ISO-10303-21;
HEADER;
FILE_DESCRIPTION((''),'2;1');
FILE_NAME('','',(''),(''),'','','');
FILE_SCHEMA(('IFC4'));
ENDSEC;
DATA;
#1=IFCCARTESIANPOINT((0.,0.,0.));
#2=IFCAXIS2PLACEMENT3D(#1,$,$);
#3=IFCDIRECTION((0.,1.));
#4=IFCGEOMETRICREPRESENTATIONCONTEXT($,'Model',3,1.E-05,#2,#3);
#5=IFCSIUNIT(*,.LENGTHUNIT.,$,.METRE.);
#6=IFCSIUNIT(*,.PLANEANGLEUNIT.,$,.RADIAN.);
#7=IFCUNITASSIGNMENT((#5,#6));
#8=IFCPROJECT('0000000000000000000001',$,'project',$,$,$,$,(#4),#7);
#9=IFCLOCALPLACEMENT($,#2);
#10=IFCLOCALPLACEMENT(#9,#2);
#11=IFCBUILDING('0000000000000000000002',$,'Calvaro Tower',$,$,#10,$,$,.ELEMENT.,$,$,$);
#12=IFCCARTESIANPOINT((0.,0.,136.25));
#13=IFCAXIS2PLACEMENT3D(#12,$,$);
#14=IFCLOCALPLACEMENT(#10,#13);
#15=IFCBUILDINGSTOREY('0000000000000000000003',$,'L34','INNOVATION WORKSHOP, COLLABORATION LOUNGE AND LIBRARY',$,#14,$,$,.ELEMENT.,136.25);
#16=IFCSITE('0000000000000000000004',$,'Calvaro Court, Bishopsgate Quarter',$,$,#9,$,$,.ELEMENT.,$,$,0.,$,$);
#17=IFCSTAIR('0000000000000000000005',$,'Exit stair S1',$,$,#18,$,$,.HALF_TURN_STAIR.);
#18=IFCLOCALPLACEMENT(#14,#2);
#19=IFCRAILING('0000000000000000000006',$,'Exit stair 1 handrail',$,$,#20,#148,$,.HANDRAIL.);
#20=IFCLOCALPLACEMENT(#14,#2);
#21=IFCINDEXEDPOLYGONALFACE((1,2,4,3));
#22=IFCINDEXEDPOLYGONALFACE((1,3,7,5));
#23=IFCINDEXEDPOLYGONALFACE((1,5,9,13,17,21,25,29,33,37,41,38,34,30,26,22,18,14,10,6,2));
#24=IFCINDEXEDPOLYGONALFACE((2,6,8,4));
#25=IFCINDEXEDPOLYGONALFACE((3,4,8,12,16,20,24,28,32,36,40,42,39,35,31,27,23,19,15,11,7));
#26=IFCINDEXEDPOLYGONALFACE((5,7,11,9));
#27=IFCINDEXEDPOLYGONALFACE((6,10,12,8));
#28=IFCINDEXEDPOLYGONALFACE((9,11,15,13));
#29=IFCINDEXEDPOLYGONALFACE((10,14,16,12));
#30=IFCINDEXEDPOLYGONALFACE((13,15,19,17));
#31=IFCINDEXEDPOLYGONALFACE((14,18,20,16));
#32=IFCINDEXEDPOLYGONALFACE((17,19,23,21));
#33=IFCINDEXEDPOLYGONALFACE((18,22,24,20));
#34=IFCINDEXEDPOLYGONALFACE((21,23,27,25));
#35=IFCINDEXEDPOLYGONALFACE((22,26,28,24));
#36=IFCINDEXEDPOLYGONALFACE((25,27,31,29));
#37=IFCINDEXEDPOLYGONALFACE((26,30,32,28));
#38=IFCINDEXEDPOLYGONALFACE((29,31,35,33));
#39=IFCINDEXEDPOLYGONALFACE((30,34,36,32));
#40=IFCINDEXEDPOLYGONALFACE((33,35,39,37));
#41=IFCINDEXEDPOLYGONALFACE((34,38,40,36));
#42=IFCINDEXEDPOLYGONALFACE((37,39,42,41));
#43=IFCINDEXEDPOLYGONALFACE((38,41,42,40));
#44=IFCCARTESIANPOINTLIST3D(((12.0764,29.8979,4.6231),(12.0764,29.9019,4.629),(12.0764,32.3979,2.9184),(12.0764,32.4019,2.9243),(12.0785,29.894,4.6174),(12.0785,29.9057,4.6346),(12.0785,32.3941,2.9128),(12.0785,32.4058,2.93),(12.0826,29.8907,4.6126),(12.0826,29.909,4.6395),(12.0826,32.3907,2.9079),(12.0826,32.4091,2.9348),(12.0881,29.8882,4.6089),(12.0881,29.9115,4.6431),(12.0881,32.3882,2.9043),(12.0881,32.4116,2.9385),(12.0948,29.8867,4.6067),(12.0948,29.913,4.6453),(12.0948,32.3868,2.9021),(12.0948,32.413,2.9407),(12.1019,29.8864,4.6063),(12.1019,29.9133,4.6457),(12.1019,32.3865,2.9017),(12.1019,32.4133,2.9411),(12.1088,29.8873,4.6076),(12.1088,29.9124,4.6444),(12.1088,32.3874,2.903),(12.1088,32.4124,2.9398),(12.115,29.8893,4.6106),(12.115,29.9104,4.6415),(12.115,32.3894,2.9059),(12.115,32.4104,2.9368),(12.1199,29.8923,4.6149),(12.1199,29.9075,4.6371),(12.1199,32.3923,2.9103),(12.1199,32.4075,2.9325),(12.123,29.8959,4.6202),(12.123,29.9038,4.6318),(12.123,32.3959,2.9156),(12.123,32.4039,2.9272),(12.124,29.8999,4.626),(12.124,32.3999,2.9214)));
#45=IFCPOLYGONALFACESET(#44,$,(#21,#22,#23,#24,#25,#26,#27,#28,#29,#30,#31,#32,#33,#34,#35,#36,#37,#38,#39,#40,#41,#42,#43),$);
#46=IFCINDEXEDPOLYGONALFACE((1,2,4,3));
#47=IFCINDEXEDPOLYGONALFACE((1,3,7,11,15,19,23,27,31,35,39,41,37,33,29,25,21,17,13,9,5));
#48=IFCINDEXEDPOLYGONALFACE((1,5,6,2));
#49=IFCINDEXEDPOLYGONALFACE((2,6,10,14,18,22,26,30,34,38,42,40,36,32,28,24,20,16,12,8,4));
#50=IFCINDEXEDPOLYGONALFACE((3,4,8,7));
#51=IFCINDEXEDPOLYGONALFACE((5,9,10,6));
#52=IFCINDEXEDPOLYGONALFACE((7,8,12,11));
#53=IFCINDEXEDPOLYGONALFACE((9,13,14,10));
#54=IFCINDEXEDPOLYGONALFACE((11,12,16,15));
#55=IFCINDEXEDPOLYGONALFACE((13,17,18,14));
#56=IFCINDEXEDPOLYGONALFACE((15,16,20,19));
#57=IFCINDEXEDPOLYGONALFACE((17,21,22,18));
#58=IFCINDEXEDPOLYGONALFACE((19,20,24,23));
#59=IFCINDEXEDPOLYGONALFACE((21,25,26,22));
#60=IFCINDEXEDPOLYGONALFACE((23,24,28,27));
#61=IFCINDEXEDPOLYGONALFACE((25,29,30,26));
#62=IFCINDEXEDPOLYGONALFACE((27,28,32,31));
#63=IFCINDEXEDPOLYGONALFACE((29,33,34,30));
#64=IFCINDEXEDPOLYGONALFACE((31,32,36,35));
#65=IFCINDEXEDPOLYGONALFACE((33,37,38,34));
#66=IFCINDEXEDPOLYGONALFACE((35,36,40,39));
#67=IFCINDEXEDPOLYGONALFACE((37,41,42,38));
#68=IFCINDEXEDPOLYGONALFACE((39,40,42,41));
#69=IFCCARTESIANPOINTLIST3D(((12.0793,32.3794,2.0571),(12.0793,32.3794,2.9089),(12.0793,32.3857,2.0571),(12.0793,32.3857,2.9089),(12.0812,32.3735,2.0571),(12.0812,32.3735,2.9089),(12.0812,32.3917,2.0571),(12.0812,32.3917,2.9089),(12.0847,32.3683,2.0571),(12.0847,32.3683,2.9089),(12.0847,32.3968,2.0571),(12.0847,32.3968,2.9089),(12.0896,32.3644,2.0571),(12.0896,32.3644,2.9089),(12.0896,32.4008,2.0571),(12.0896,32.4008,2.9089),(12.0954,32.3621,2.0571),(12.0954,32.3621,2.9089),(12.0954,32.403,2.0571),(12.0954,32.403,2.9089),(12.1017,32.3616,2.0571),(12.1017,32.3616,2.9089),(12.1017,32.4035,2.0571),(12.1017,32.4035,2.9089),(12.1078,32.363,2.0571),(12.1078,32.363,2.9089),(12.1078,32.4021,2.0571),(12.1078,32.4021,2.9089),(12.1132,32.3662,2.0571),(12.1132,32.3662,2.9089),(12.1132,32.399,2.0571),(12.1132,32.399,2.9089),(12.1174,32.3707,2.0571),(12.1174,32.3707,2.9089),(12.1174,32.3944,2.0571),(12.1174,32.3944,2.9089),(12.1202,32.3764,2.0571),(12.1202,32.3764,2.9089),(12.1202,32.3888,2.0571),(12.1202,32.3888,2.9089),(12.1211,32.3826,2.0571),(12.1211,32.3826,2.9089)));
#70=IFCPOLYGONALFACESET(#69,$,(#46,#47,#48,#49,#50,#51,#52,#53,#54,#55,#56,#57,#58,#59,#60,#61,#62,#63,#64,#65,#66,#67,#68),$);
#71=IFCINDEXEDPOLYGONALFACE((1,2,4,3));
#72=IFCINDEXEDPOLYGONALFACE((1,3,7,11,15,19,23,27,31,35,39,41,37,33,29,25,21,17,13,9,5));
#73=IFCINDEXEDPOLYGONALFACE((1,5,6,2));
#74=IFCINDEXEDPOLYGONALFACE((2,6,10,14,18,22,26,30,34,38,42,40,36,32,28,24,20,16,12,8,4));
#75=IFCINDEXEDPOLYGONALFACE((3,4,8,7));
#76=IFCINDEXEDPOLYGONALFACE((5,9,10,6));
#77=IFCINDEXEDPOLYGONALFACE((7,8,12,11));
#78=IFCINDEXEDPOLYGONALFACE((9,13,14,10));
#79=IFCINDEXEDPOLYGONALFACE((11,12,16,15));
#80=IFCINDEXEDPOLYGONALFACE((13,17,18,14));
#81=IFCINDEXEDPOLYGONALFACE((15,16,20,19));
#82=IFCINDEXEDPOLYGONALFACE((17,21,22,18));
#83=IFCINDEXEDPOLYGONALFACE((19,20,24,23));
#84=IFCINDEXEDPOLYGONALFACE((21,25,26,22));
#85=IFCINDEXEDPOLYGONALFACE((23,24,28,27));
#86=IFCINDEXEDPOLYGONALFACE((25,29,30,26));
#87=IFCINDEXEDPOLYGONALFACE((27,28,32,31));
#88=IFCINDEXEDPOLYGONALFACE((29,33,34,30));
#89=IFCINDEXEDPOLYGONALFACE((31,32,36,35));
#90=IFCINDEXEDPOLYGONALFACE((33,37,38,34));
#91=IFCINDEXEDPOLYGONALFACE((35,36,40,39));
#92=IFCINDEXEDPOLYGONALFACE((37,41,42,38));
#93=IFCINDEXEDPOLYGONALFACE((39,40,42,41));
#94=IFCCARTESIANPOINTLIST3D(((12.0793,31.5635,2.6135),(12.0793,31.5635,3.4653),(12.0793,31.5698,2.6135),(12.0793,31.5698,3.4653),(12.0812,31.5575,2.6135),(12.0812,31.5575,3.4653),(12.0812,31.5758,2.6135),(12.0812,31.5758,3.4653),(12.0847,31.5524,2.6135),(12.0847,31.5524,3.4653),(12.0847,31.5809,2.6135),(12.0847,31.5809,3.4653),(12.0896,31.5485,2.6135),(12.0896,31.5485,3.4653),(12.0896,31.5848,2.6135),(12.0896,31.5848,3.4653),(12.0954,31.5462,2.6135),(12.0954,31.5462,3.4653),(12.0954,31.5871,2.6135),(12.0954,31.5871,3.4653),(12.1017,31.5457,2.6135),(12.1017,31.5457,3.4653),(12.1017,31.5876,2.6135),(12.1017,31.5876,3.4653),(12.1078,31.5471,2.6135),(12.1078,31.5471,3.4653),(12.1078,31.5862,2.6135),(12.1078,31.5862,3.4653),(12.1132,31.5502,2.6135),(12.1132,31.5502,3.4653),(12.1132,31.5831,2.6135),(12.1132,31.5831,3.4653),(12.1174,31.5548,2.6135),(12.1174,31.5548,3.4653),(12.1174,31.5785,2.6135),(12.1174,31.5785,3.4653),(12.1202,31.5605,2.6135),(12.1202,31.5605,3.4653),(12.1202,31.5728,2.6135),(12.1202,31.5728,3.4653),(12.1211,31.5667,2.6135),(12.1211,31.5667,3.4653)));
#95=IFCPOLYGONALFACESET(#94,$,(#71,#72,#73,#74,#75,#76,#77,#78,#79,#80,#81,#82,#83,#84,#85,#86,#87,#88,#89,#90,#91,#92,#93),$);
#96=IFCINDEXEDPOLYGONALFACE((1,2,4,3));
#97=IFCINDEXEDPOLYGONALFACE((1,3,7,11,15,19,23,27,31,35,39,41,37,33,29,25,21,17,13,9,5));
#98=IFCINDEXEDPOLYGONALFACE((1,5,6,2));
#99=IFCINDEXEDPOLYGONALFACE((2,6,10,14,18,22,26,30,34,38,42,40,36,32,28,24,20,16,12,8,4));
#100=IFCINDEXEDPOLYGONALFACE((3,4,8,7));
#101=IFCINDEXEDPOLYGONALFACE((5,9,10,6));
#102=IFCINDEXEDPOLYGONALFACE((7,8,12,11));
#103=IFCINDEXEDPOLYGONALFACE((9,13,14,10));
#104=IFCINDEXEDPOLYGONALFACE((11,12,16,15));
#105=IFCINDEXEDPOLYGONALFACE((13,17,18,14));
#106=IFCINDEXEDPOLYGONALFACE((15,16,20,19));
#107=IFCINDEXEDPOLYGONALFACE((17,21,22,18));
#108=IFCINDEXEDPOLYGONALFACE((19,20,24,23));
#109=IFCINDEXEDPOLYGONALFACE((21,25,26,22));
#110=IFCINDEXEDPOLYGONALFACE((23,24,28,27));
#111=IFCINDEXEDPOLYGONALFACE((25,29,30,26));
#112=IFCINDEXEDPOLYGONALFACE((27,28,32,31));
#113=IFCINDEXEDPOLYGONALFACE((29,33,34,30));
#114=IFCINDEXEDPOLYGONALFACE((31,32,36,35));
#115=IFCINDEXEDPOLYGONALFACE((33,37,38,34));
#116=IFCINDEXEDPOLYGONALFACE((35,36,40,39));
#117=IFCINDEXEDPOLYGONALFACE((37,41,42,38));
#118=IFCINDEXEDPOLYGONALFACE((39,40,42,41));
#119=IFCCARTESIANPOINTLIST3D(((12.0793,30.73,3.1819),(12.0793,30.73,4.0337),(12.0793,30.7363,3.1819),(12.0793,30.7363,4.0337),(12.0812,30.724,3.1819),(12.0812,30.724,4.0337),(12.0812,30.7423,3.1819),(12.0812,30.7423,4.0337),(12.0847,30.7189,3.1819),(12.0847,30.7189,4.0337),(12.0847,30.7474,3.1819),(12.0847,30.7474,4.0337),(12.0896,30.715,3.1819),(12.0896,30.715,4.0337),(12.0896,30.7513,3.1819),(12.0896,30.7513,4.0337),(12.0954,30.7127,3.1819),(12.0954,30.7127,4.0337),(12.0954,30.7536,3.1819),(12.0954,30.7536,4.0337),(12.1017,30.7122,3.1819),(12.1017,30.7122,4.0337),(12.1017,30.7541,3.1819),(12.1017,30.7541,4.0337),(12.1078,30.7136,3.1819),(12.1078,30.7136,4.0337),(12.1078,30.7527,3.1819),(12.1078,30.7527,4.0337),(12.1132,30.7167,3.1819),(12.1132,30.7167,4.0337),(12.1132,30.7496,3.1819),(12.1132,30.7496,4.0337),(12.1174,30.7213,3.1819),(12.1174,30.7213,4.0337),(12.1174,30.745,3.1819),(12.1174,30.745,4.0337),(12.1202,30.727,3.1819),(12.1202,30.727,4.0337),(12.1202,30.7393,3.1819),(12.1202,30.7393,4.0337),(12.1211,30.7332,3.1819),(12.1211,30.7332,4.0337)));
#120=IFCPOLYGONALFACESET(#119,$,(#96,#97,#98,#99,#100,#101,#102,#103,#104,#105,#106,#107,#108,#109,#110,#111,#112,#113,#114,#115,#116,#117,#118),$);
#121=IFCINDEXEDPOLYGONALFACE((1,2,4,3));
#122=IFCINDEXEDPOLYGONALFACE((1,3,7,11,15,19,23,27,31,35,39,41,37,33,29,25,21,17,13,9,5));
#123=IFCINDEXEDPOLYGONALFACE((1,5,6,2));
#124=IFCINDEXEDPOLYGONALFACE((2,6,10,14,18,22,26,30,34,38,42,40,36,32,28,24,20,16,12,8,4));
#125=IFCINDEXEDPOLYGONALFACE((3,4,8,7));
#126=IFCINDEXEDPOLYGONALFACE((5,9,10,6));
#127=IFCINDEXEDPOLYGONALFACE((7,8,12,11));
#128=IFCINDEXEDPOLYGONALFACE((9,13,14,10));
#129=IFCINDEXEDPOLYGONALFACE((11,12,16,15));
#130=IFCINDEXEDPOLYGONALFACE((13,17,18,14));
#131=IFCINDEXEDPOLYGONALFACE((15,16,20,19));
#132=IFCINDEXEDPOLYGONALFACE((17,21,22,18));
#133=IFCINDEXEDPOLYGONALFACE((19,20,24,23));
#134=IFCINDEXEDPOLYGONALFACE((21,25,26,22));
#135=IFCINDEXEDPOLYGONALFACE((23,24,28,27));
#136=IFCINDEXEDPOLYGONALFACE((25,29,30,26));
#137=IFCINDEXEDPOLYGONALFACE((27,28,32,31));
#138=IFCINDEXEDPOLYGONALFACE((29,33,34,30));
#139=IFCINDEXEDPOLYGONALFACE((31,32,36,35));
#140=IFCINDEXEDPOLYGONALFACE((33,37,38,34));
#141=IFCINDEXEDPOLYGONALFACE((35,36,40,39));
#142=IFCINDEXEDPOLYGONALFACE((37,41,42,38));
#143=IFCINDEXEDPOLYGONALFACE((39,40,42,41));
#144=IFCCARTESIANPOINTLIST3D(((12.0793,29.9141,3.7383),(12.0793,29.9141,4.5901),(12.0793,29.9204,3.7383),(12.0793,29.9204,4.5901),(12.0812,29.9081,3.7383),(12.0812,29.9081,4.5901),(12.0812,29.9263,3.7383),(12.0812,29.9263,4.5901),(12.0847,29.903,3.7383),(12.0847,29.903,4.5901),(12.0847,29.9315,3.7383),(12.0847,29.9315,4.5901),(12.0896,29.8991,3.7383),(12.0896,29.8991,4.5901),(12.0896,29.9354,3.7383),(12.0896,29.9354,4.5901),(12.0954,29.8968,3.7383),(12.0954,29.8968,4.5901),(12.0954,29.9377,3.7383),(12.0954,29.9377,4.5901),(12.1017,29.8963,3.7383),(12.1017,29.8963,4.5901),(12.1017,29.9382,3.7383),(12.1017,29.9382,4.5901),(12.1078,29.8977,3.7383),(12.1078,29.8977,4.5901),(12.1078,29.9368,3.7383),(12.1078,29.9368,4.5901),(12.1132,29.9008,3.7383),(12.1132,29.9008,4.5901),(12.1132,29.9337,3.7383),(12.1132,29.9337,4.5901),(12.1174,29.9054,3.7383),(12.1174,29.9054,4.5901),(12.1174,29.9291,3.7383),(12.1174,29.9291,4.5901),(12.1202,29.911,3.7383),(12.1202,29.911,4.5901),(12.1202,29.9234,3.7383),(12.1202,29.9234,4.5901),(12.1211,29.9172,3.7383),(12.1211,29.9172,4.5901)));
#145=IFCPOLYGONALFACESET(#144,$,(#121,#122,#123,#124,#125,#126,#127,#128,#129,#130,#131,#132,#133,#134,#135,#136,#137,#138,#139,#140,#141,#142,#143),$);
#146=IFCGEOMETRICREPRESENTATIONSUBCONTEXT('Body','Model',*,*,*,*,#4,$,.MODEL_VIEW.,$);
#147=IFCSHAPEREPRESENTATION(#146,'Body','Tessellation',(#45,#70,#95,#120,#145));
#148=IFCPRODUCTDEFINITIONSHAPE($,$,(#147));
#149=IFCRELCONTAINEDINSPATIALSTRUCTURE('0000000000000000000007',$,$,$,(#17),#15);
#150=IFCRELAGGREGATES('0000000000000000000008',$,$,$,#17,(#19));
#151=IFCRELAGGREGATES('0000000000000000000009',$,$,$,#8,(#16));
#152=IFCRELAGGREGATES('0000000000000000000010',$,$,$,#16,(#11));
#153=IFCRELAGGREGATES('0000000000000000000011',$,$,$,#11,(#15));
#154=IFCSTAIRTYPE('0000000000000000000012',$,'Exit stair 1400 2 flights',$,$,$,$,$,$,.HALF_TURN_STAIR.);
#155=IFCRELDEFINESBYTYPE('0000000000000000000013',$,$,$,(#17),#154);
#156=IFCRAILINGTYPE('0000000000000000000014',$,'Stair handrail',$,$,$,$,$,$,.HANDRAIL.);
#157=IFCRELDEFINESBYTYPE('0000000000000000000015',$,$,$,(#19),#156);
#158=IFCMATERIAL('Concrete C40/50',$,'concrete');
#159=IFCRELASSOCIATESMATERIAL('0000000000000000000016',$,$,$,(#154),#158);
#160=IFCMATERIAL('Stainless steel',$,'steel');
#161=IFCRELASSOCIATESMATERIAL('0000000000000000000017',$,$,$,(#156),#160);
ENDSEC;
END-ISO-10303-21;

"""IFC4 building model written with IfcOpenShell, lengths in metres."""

from ifc_helpers import new_model, si_unit, direction, frame, origin, origin_2d, place, context, subcontext, project, spatial, circle, extrude, material, type_object, element, aggregate, save


model = new_model("IFC4")

# Units and contexts
model_context = context("Model", 3, precision=1e-05, world=origin(), true_north=direction((0.0, 1.0)))
body_context = subcontext(model_context, "Body", "Model", "MODEL_VIEW")
ifc_project = project(units=[si_unit("LENGTHUNIT", "METRE"), si_unit("PLANEANGLEUNIT", "RADIAN")], contexts=[model_context])

# Site, building, storey
site_placement = place(None, origin())
site = spatial("IfcSite", under=ifc_project, at=site_placement, Name="Calvaro Court, Bishopsgate Quarter", CompositionType="ELEMENT", RefElevation=0.0)
building_placement = place(site_placement, origin())
building = spatial("IfcBuilding", under=site, at=building_placement, Name="Calvaro Tower", CompositionType="ELEMENT")
storey_placement = place(building_placement, frame((0.0, 0.0, 136.25)))
storey = spatial("IfcBuildingStorey", under=building, at=storey_placement, Name="L34", Description="INNOVATION WORKSHOP, COLLABORATION LOUNGE AND LIBRARY", CompositionType="ELEMENT", Elevation=136.25)

# Stair, railing
ifc_material_1 = material(Name="Concrete C40/50", Category="concrete")
stair_type = type_object("IfcStairType", Name="Exit stair 1400 2 flights", PredefinedType="HALF_TURN_STAIR", material=ifc_material_1)
stair_placement = place(storey_placement, origin())
stair = element("IfcStair", 1, at=stair_placement, inside=storey, type_object=stair_type, Name="Exit stair S1", PredefinedType="HALF_TURN_STAIR")
ifc_material_2 = material(Name="Stainless steel", Category="steel")
railing_type = type_object("IfcRailingType", Name="Stair handrail", PredefinedType="HANDRAIL", material=ifc_material_2)
railing_1_placement = place(storey_placement, frame((12.1001, 32.3999, 2.0454)))
railing_1 = element("IfcRailing", 2, at=railing_1_placement, type_object=railing_type, Name="Exit stair 1 handrail", PredefinedType="HANDRAIL", context=body_context, shape_type="SweptSolid", body=[
    extrude(circle(Radius=0.0239, at=origin_2d()), frame((0.0, 0.0, 0.876), z_axis=(0.0, -0.826221, 0.563347), x_axis=(1.0, 0.0, 0.0)), (0.0, 0.0, 1.0), 3.0259),
    extrude(circle(Radius=0.021, at=origin_2d()), frame((0.0, -0.0173, 0.0117)), (0.0, 0.0, 1.0), 0.8518),
    extrude(circle(Radius=0.021, at=origin_2d()), frame((0.0, -0.8333, 0.5681)), (0.0, 0.0, 1.0), 0.8518),
    extrude(circle(Radius=0.021, at=origin_2d()), frame((0.0, -1.6667, 1.1365)), (0.0, 0.0, 1.0), 0.8518),
    extrude(circle(Radius=0.021, at=origin_2d()), frame((0.0, -2.4827, 1.6929)), (0.0, 0.0, 1.0), 0.8518),
])
aggregate(stair, [railing_1])

save(model, "model.ifc")
